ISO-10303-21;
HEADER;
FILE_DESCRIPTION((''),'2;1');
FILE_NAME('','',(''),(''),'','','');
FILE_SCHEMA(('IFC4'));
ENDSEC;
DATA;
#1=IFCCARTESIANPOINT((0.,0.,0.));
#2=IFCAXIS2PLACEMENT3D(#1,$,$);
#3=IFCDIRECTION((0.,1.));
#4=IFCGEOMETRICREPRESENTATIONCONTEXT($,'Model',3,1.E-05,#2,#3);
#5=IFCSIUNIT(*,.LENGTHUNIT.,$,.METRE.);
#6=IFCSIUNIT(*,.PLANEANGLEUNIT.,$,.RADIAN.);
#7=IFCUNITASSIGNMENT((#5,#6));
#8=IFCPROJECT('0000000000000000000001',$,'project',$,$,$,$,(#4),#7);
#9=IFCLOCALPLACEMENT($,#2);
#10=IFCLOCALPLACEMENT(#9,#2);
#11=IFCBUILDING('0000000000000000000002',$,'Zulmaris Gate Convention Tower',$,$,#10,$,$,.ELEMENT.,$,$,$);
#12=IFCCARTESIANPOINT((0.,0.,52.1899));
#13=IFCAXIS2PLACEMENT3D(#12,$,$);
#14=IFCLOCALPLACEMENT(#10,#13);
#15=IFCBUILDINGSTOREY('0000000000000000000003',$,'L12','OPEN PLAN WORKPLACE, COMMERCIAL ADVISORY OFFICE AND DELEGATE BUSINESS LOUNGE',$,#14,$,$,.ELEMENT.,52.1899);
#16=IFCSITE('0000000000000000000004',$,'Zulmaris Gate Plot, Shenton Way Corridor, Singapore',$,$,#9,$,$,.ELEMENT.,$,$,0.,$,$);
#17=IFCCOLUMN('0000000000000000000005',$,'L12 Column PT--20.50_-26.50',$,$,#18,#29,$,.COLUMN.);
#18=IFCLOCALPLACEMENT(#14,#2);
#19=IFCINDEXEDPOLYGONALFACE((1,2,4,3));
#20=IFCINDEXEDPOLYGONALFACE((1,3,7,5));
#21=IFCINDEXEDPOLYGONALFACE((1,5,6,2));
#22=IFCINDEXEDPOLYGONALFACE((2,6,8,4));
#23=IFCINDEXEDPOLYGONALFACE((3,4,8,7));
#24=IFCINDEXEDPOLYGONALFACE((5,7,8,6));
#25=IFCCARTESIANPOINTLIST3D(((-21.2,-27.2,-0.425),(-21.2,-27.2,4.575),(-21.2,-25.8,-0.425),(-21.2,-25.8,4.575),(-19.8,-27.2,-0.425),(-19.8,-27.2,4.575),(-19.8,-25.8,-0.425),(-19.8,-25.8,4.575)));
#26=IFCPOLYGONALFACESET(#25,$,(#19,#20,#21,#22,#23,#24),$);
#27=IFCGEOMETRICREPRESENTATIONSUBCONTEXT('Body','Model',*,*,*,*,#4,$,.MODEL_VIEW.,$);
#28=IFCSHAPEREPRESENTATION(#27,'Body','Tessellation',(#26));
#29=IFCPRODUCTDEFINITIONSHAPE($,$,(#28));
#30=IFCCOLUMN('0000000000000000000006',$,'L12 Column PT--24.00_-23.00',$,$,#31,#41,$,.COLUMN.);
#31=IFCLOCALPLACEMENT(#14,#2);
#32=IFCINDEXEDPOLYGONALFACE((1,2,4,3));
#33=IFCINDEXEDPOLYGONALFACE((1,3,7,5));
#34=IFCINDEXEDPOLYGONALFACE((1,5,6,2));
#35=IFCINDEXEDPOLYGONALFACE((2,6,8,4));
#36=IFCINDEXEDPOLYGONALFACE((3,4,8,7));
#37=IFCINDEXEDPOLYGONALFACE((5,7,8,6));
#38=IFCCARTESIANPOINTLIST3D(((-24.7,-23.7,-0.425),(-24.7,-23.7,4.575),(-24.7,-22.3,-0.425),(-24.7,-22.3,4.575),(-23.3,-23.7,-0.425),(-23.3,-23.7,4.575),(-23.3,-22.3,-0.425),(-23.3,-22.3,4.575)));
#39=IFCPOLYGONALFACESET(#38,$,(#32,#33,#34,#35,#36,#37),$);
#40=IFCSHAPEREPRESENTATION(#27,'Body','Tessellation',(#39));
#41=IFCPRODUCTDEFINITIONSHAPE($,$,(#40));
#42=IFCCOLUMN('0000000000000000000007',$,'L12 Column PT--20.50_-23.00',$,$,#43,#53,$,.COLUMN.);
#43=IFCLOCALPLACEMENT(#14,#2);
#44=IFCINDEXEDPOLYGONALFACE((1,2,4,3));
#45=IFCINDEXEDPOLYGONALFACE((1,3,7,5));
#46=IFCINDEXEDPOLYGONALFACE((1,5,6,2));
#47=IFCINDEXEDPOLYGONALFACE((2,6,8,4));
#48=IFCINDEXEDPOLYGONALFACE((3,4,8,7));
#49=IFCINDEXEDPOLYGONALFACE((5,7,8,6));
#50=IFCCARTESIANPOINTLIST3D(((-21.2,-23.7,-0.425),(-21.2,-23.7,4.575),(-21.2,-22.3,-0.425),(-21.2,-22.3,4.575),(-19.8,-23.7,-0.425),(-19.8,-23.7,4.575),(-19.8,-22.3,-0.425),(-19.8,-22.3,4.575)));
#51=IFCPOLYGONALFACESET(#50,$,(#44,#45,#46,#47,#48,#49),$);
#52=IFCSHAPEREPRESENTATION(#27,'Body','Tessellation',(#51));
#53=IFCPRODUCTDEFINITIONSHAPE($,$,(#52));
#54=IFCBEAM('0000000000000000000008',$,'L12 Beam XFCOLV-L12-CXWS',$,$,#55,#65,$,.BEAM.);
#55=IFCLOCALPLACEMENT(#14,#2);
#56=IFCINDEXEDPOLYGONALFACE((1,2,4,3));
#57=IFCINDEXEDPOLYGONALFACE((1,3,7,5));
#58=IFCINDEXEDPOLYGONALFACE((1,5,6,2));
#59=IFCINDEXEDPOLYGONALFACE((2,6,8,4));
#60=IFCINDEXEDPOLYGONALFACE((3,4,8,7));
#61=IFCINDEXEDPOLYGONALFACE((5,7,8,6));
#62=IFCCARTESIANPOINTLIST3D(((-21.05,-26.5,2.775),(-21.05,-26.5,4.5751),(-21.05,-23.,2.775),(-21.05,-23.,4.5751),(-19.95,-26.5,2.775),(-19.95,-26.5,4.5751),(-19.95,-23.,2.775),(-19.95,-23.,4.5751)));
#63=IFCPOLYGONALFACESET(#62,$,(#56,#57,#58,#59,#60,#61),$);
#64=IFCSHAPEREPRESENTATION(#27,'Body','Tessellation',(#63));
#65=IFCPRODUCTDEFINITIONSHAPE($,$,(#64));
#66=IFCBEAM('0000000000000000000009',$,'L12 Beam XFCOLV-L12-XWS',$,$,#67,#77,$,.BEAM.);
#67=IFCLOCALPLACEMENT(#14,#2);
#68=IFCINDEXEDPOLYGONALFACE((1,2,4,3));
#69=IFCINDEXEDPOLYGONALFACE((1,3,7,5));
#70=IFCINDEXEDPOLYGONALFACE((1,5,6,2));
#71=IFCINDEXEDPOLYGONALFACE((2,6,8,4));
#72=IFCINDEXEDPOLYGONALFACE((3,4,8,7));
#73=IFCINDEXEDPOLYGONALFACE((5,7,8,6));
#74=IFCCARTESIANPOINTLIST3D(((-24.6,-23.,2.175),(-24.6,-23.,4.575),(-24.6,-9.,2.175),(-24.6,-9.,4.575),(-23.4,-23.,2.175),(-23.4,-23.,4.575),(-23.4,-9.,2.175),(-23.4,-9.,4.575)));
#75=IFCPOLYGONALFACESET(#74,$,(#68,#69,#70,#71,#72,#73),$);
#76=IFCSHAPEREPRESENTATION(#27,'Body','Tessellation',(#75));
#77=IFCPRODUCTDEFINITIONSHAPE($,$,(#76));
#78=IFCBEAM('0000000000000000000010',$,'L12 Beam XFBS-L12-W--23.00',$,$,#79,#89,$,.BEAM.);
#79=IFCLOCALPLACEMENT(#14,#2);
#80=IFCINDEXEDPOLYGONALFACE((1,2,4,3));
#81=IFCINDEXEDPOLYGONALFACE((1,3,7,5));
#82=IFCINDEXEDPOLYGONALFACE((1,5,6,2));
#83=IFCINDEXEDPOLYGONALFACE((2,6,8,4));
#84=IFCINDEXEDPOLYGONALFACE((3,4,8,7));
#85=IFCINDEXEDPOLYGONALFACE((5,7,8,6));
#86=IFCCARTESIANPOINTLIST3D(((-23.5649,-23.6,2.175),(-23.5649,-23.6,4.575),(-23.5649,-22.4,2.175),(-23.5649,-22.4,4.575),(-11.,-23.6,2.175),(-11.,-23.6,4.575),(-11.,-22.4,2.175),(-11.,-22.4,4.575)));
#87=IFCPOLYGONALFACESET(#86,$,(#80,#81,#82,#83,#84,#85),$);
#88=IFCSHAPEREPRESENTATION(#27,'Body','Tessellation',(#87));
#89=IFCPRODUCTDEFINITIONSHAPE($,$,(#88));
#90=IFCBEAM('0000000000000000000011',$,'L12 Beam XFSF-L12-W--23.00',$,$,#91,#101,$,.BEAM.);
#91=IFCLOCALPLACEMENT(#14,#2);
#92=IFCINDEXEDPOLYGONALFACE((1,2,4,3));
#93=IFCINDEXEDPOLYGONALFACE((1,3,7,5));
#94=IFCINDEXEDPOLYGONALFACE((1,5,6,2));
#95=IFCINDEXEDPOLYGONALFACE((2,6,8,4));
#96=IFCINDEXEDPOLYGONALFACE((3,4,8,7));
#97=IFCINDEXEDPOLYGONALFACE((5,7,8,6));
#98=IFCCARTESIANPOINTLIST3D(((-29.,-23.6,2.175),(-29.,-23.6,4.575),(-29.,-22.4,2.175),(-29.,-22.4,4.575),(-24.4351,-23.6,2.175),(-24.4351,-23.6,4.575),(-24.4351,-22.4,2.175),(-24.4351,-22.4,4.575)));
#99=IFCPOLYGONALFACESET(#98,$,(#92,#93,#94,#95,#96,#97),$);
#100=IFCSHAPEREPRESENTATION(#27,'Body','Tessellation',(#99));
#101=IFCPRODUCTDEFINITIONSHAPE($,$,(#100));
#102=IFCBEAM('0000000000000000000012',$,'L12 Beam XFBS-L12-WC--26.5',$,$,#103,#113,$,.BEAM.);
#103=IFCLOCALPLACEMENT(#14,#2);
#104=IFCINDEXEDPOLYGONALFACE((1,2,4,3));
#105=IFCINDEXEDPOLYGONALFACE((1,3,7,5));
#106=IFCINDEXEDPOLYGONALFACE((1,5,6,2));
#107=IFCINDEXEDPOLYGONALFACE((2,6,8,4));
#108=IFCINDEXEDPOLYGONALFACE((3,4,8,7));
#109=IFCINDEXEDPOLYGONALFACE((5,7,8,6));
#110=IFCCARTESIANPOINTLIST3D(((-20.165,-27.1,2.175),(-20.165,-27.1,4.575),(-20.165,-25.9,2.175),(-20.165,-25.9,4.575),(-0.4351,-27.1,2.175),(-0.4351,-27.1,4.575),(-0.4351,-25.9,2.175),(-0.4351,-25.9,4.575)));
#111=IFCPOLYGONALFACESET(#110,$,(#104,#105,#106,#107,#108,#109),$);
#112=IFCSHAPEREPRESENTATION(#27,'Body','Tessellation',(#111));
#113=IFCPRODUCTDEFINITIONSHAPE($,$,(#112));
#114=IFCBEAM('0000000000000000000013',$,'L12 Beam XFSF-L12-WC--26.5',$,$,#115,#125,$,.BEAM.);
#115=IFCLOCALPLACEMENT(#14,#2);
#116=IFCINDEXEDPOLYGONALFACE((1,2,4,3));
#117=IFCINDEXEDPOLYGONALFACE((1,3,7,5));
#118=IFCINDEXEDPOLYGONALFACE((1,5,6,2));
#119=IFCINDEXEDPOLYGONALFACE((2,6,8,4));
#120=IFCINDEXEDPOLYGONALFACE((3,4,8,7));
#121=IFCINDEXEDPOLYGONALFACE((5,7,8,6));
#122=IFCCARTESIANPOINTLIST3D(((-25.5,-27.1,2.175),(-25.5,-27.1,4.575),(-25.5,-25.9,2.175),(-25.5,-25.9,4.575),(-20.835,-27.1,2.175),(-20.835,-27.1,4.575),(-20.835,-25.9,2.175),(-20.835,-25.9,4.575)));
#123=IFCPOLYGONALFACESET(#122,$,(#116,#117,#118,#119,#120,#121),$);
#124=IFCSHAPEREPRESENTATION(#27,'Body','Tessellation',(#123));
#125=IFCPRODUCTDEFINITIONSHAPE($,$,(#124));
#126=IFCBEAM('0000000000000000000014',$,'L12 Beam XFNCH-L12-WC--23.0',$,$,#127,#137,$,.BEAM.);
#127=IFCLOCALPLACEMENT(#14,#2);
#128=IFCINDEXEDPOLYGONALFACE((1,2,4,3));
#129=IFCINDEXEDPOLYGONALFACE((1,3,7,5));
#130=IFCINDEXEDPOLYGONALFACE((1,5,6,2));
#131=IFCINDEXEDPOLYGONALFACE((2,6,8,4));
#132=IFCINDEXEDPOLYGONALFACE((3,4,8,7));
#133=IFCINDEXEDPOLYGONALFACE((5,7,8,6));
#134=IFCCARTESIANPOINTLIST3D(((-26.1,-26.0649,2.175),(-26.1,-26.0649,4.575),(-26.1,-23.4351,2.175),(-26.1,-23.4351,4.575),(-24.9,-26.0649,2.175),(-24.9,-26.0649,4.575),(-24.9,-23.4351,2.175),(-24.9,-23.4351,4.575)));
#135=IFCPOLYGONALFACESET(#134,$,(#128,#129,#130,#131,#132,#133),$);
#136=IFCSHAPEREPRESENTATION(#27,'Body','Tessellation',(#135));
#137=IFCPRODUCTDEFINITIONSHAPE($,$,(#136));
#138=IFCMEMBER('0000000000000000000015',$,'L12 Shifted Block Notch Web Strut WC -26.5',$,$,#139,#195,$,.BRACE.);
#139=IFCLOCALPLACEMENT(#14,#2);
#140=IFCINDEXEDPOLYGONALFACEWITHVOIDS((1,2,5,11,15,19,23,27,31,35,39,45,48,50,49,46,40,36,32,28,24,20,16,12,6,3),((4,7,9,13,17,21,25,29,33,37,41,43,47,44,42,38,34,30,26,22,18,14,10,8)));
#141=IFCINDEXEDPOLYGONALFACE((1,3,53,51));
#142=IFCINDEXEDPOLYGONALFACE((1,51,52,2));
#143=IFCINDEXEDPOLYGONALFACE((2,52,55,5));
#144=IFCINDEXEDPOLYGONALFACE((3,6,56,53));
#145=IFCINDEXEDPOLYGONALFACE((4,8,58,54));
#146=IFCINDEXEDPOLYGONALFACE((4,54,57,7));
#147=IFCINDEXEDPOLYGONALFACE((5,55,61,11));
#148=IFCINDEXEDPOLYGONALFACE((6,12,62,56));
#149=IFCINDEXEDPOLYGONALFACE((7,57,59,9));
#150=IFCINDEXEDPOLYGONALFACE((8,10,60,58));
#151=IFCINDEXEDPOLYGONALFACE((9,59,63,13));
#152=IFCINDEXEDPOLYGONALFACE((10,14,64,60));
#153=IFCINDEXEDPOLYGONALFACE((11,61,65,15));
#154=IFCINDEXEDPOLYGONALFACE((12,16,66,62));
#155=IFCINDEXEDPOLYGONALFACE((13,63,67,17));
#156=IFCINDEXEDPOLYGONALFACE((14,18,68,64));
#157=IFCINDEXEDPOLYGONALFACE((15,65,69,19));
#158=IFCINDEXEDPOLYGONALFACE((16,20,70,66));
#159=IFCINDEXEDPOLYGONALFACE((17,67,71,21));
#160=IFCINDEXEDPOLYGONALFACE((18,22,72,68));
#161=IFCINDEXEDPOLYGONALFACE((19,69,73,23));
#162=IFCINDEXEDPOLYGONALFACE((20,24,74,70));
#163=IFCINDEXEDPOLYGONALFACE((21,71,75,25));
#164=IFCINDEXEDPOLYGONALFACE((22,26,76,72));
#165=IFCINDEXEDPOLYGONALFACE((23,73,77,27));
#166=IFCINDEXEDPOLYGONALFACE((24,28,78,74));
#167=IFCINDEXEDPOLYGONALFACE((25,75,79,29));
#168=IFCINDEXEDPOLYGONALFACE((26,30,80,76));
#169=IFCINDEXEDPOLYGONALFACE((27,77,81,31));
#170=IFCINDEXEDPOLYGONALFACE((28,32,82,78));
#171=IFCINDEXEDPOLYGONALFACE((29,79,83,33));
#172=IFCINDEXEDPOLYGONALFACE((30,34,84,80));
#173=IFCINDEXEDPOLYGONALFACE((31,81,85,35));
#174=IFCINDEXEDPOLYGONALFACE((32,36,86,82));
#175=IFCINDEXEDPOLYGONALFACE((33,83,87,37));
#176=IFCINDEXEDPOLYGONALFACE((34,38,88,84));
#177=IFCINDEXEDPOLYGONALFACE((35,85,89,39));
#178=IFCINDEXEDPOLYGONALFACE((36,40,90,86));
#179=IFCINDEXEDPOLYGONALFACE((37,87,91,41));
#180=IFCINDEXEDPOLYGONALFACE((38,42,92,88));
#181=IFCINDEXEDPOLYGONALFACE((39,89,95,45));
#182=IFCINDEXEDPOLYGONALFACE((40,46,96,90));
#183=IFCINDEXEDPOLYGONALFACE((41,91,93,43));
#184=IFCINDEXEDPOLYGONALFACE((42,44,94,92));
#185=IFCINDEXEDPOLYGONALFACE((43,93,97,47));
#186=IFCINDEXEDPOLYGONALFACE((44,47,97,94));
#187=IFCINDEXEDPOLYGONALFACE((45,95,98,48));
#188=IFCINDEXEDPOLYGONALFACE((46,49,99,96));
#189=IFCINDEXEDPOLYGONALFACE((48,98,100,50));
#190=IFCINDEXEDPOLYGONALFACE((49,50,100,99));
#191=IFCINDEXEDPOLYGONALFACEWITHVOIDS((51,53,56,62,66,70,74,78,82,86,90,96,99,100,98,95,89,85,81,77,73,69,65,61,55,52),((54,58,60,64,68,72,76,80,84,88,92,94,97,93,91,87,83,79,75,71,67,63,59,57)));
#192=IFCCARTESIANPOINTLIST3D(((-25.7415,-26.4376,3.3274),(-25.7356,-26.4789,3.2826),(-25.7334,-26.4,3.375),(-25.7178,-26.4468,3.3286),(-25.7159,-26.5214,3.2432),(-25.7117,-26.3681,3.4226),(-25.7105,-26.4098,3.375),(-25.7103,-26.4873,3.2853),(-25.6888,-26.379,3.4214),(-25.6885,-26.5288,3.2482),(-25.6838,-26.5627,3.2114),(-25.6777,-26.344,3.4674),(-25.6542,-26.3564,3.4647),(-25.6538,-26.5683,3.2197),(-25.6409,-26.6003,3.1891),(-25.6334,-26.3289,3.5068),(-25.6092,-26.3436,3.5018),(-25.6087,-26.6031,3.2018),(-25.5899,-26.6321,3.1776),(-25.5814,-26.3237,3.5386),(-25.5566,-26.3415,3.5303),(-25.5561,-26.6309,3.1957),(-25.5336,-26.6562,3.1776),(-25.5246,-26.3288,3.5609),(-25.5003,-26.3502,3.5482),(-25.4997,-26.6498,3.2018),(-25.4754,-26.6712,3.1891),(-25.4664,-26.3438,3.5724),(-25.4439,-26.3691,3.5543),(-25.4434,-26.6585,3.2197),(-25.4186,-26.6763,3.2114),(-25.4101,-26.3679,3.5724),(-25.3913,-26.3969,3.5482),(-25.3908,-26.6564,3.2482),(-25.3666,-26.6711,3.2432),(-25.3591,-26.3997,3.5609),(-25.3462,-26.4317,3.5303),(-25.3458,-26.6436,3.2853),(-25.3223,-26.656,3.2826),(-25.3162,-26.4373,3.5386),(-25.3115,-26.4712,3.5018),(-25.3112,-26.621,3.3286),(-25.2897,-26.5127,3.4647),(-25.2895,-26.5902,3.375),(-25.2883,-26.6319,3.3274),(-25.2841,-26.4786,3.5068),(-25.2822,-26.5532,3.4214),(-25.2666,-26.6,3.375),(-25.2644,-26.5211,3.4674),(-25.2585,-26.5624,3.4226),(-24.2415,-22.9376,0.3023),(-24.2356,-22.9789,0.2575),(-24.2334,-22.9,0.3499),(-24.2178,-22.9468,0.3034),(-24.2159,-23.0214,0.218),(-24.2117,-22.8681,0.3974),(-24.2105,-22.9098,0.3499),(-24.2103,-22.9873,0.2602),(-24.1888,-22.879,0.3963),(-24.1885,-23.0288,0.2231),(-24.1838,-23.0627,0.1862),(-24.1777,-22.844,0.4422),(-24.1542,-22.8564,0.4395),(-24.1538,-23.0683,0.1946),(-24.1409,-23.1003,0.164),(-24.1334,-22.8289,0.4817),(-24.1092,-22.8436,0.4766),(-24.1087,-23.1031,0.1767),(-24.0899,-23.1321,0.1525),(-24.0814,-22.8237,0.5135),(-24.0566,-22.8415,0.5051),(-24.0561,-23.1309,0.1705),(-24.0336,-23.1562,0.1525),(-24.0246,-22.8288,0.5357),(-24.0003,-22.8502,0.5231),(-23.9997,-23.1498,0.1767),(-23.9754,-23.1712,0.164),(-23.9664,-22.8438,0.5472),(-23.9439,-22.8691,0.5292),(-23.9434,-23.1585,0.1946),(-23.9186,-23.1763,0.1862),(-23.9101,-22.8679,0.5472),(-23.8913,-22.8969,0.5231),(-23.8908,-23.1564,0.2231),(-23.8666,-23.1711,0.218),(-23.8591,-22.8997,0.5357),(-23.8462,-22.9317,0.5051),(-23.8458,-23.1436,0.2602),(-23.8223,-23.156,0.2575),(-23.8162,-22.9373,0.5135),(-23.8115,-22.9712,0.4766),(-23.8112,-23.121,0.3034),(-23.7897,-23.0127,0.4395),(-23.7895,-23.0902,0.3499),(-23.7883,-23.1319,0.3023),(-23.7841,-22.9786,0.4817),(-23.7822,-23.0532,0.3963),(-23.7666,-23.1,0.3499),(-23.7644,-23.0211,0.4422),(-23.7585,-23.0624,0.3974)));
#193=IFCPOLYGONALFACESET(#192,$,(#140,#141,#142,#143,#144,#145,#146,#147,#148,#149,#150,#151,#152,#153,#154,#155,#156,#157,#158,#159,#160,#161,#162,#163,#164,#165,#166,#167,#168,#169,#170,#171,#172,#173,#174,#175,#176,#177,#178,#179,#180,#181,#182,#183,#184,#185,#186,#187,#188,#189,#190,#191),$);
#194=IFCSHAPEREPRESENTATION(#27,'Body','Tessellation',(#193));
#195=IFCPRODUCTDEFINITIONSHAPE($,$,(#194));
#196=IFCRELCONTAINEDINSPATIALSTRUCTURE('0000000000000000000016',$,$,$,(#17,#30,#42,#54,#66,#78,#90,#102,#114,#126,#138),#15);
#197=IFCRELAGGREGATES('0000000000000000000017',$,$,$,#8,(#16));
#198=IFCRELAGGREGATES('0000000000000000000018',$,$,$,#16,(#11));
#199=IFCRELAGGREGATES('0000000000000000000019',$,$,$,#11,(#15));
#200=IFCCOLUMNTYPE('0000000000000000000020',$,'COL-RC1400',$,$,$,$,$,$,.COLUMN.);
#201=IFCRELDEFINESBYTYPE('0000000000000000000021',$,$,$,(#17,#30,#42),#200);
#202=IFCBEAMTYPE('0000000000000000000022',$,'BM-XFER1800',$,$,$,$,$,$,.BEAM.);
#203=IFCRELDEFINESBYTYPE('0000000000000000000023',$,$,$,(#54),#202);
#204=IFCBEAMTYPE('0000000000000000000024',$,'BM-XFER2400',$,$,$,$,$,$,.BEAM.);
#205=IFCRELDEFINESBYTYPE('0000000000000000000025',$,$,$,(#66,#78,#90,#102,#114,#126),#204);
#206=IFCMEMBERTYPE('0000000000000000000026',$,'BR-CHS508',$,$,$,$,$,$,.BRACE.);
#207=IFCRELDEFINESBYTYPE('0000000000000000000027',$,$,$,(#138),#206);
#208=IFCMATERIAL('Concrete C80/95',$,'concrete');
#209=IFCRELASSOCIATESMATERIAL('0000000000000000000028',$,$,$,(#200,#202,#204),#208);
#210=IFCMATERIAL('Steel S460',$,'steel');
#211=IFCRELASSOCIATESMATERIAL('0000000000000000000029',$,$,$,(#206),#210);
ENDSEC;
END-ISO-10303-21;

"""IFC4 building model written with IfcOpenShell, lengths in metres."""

from ifc_helpers import new_model, si_unit, direction, frame, origin, origin_2d, place, context, subcontext, project, spatial, rectangle, hollow_circle, extrude, material, material_profile, profile_set, type_object, element, save


model = new_model("IFC4")

# Units and contexts
model_context = context("Model", 3, precision=1e-05, world=origin(), true_north=direction((0.0, 1.0)))
body_context = subcontext(model_context, "Body", "Model", "MODEL_VIEW")
ifc_project = project(units=[si_unit("LENGTHUNIT", "METRE"), si_unit("PLANEANGLEUNIT", "RADIAN")], contexts=[model_context])

# Site, building, storey
site_placement = place(None, origin())
site = spatial("IfcSite", under=ifc_project, at=site_placement, Name="Zulmaris Gate Plot, Shenton Way Corridor, Singapore", CompositionType="ELEMENT", RefElevation=0.0)
building_placement = place(site_placement, origin())
building = spatial("IfcBuilding", under=site, at=building_placement, Name="Zulmaris Gate Convention Tower", CompositionType="ELEMENT")
storey_placement = place(building_placement, frame((0.0, 0.0, 52.1899)))
storey = spatial("IfcBuildingStorey", under=building, at=storey_placement, Name="L12", Description="OPEN PLAN WORKPLACE, COMMERCIAL ADVISORY OFFICE AND DELEGATE BUSINESS LOUNGE", CompositionType="ELEMENT", Elevation=52.1899)

# Columns
ifc_material_1 = material(Name="Concrete C80/95", Category="concrete")
ifc_material_profile_1 = material_profile(ifc_material_1, rectangle(XDim=1.3999, YDim=1.3999, at=origin_2d()), Name="RC COL 1400x1400")
ifc_profile_set_1 = profile_set([ifc_material_profile_1], Name="Concrete C80/95")
column_type = type_object("IfcColumnType", Name="COL-RC1400", PredefinedType="COLUMN", material=ifc_profile_set_1)
for number, where, z_axis, x_axis, name in (
    (1, (-20.5, -26.5, -0.425), (0.0, 0.0, 1.0), (1.0, 0.0, 0.0), "L12 Column PT--20.50_-26.50"),
    (2, (-24.0, -23.0, -0.425), (0.0, 0.0, 1.0), (1.0, 0.0, 0.0), "L12 Column PT--24.00_-23.00"),
    (3, (-20.5, -23.0, -0.425), (0.0, 0.0, 1.0), (1.0, 0.0, 0.0), "L12 Column PT--20.50_-23.00"),
):
    element("IfcColumn", number, at=place(storey_placement, frame(where, z_axis=z_axis, x_axis=x_axis)), inside=storey, type_object=column_type, Name=name, PredefinedType="COLUMN", context=body_context, shape_type="SweptSolid", body=[
        extrude(rectangle(XDim=1.3999, YDim=1.3999, at=origin_2d()), origin(), (0.0, 0.0, 1.0), 5.0),
    ])

# Beams
ifc_material_profile_2 = material_profile(ifc_material_1, rectangle(XDim=1.1001, YDim=1.8, at=origin_2d()), Name="RC TRANSFER 1100x1800")
ifc_profile_set_2 = profile_set([ifc_material_profile_2], Name="Concrete C80/95")
beam_type_1 = type_object("IfcBeamType", Name="BM-XFER1800", PredefinedType="BEAM", material=ifc_profile_set_2)
beam_1_placement = place(storey_placement, frame((-20.5, -26.5, 3.675), z_axis=(0.0, 1.0, 0.0), x_axis=(-1.0, 0.0, 0.0)))
element("IfcBeam", 4, at=beam_1_placement, inside=storey, type_object=beam_type_1, Name="L12 Beam XFCOLV-L12-CXWS", PredefinedType="BEAM", context=body_context, shape_type="SweptSolid", body=[
    extrude(rectangle(XDim=1.1001, YDim=1.8, at=origin_2d()), origin(), (0.0, 0.0, 1.0), 3.5),
])
ifc_material_profile_3 = material_profile(ifc_material_1, rectangle(XDim=1.2, YDim=2.3999, at=origin_2d()), Name="RC TRANSFER 1200x2400")
ifc_profile_set_3 = profile_set([ifc_material_profile_3], Name="Concrete C80/95")
beam_type_2 = type_object("IfcBeamType", Name="BM-XFER2400", PredefinedType="BEAM", material=ifc_profile_set_3)
beam_2_placement = place(storey_placement, frame((-24.0, -23.0, 3.375), z_axis=(0.0, 1.0, 0.0), x_axis=(-1.0, 0.0, 0.0)))
element("IfcBeam", 5, at=beam_2_placement, inside=storey, type_object=beam_type_2, Name="L12 Beam XFCOLV-L12-XWS", PredefinedType="BEAM", context=body_context, shape_type="SweptSolid", body=[
    extrude(rectangle(XDim=1.2, YDim=2.3999, at=origin_2d()), origin(), (0.0, 0.0, 1.0), 14.0),
])
beam_3_placement = place(storey_placement, frame((-23.5649, -23.0, 3.375), z_axis=(1.0, 0.0, 0.0), x_axis=(0.0, 1.0, 0.0)))
element("IfcBeam", 6, at=beam_3_placement, inside=storey, type_object=beam_type_2, Name="L12 Beam XFBS-L12-W--23.00", PredefinedType="BEAM", context=body_context, shape_type="SweptSolid", body=[
    extrude(rectangle(XDim=1.2, YDim=2.3999, at=origin_2d()), origin(), (0.0, 0.0, 1.0), 12.5649),
])
beam_4_placement = place(storey_placement, frame((-29.0, -23.0, 3.375), z_axis=(1.0, 0.0, 0.0), x_axis=(0.0, 1.0, 0.0)))
element("IfcBeam", 7, at=beam_4_placement, inside=storey, type_object=beam_type_2, Name="L12 Beam XFSF-L12-W--23.00", PredefinedType="BEAM", context=body_context, shape_type="SweptSolid", body=[
    extrude(rectangle(XDim=1.2, YDim=2.3999, at=origin_2d()), origin(), (0.0, 0.0, 1.0), 4.5649),
])
beam_5_placement = place(storey_placement, frame((-20.165, -26.5, 3.375), z_axis=(1.0, 0.0, 0.0), x_axis=(0.0, 1.0, 0.0)))
element("IfcBeam", 8, at=beam_5_placement, inside=storey, type_object=beam_type_2, Name="L12 Beam XFBS-L12-WC--26.5", PredefinedType="BEAM", context=body_context, shape_type="SweptSolid", body=[
    extrude(rectangle(XDim=1.2, YDim=2.3999, at=origin_2d()), origin(), (0.0, 0.0, 1.0), 19.73),
])
beam_6_placement = place(storey_placement, frame((-25.5, -26.5, 3.375), z_axis=(1.0, 0.0, 0.0), x_axis=(0.0, 1.0, 0.0)))
element("IfcBeam", 9, at=beam_6_placement, inside=storey, type_object=beam_type_2, Name="L12 Beam XFSF-L12-WC--26.5", PredefinedType="BEAM", context=body_context, shape_type="SweptSolid", body=[
    extrude(rectangle(XDim=1.2, YDim=2.3999, at=origin_2d()), origin(), (0.0, 0.0, 1.0), 4.665),
])
beam_7_placement = place(storey_placement, frame((-25.5, -26.0649, 3.375), z_axis=(0.0, 1.0, 0.0), x_axis=(-1.0, 0.0, 0.0)))
element("IfcBeam", 10, at=beam_7_placement, inside=storey, type_object=beam_type_2, Name="L12 Beam XFNCH-L12-WC--23.0", PredefinedType="BEAM", context=body_context, shape_type="SweptSolid", body=[
    extrude(rectangle(XDim=1.2, YDim=2.3999, at=origin_2d()), origin(), (0.0, 0.0, 1.0), 2.6299),
])

# Member
ifc_material_2 = material(Name="Steel S460", Category="steel")
ifc_material_profile_4 = material_profile(ifc_material_2, hollow_circle(Radius=0.2539, WallThickness=0.0249, at=origin_2d()), Name="CHS 508x25")
ifc_profile_set_4 = profile_set([ifc_material_profile_4], Name="Steel S460")
member_type_1 = type_object("IfcMemberType", Name="BR-CHS508", PredefinedType="BRACE", material=ifc_profile_set_4)
member_1_placement = place(storey_placement, frame((-24.0, -23.0, 0.3499), z_axis=(-0.308434, -0.719679, 0.622038), x_axis=(0.919145, -0.393919, 0.0)))
element("IfcMember", 11, at=member_1_placement, inside=storey, type_object=member_type_1, Name="L12 Shifted Block Notch Web Strut WC -26.5", PredefinedType="BRACE", context=body_context, shape_type="SweptSolid", body=[
    extrude(hollow_circle(Radius=0.2539, WallThickness=0.0249, at=origin_2d()), origin(), (0.0, 0.0, 1.0), 4.8633),
])

save(model, "model.ifc")
